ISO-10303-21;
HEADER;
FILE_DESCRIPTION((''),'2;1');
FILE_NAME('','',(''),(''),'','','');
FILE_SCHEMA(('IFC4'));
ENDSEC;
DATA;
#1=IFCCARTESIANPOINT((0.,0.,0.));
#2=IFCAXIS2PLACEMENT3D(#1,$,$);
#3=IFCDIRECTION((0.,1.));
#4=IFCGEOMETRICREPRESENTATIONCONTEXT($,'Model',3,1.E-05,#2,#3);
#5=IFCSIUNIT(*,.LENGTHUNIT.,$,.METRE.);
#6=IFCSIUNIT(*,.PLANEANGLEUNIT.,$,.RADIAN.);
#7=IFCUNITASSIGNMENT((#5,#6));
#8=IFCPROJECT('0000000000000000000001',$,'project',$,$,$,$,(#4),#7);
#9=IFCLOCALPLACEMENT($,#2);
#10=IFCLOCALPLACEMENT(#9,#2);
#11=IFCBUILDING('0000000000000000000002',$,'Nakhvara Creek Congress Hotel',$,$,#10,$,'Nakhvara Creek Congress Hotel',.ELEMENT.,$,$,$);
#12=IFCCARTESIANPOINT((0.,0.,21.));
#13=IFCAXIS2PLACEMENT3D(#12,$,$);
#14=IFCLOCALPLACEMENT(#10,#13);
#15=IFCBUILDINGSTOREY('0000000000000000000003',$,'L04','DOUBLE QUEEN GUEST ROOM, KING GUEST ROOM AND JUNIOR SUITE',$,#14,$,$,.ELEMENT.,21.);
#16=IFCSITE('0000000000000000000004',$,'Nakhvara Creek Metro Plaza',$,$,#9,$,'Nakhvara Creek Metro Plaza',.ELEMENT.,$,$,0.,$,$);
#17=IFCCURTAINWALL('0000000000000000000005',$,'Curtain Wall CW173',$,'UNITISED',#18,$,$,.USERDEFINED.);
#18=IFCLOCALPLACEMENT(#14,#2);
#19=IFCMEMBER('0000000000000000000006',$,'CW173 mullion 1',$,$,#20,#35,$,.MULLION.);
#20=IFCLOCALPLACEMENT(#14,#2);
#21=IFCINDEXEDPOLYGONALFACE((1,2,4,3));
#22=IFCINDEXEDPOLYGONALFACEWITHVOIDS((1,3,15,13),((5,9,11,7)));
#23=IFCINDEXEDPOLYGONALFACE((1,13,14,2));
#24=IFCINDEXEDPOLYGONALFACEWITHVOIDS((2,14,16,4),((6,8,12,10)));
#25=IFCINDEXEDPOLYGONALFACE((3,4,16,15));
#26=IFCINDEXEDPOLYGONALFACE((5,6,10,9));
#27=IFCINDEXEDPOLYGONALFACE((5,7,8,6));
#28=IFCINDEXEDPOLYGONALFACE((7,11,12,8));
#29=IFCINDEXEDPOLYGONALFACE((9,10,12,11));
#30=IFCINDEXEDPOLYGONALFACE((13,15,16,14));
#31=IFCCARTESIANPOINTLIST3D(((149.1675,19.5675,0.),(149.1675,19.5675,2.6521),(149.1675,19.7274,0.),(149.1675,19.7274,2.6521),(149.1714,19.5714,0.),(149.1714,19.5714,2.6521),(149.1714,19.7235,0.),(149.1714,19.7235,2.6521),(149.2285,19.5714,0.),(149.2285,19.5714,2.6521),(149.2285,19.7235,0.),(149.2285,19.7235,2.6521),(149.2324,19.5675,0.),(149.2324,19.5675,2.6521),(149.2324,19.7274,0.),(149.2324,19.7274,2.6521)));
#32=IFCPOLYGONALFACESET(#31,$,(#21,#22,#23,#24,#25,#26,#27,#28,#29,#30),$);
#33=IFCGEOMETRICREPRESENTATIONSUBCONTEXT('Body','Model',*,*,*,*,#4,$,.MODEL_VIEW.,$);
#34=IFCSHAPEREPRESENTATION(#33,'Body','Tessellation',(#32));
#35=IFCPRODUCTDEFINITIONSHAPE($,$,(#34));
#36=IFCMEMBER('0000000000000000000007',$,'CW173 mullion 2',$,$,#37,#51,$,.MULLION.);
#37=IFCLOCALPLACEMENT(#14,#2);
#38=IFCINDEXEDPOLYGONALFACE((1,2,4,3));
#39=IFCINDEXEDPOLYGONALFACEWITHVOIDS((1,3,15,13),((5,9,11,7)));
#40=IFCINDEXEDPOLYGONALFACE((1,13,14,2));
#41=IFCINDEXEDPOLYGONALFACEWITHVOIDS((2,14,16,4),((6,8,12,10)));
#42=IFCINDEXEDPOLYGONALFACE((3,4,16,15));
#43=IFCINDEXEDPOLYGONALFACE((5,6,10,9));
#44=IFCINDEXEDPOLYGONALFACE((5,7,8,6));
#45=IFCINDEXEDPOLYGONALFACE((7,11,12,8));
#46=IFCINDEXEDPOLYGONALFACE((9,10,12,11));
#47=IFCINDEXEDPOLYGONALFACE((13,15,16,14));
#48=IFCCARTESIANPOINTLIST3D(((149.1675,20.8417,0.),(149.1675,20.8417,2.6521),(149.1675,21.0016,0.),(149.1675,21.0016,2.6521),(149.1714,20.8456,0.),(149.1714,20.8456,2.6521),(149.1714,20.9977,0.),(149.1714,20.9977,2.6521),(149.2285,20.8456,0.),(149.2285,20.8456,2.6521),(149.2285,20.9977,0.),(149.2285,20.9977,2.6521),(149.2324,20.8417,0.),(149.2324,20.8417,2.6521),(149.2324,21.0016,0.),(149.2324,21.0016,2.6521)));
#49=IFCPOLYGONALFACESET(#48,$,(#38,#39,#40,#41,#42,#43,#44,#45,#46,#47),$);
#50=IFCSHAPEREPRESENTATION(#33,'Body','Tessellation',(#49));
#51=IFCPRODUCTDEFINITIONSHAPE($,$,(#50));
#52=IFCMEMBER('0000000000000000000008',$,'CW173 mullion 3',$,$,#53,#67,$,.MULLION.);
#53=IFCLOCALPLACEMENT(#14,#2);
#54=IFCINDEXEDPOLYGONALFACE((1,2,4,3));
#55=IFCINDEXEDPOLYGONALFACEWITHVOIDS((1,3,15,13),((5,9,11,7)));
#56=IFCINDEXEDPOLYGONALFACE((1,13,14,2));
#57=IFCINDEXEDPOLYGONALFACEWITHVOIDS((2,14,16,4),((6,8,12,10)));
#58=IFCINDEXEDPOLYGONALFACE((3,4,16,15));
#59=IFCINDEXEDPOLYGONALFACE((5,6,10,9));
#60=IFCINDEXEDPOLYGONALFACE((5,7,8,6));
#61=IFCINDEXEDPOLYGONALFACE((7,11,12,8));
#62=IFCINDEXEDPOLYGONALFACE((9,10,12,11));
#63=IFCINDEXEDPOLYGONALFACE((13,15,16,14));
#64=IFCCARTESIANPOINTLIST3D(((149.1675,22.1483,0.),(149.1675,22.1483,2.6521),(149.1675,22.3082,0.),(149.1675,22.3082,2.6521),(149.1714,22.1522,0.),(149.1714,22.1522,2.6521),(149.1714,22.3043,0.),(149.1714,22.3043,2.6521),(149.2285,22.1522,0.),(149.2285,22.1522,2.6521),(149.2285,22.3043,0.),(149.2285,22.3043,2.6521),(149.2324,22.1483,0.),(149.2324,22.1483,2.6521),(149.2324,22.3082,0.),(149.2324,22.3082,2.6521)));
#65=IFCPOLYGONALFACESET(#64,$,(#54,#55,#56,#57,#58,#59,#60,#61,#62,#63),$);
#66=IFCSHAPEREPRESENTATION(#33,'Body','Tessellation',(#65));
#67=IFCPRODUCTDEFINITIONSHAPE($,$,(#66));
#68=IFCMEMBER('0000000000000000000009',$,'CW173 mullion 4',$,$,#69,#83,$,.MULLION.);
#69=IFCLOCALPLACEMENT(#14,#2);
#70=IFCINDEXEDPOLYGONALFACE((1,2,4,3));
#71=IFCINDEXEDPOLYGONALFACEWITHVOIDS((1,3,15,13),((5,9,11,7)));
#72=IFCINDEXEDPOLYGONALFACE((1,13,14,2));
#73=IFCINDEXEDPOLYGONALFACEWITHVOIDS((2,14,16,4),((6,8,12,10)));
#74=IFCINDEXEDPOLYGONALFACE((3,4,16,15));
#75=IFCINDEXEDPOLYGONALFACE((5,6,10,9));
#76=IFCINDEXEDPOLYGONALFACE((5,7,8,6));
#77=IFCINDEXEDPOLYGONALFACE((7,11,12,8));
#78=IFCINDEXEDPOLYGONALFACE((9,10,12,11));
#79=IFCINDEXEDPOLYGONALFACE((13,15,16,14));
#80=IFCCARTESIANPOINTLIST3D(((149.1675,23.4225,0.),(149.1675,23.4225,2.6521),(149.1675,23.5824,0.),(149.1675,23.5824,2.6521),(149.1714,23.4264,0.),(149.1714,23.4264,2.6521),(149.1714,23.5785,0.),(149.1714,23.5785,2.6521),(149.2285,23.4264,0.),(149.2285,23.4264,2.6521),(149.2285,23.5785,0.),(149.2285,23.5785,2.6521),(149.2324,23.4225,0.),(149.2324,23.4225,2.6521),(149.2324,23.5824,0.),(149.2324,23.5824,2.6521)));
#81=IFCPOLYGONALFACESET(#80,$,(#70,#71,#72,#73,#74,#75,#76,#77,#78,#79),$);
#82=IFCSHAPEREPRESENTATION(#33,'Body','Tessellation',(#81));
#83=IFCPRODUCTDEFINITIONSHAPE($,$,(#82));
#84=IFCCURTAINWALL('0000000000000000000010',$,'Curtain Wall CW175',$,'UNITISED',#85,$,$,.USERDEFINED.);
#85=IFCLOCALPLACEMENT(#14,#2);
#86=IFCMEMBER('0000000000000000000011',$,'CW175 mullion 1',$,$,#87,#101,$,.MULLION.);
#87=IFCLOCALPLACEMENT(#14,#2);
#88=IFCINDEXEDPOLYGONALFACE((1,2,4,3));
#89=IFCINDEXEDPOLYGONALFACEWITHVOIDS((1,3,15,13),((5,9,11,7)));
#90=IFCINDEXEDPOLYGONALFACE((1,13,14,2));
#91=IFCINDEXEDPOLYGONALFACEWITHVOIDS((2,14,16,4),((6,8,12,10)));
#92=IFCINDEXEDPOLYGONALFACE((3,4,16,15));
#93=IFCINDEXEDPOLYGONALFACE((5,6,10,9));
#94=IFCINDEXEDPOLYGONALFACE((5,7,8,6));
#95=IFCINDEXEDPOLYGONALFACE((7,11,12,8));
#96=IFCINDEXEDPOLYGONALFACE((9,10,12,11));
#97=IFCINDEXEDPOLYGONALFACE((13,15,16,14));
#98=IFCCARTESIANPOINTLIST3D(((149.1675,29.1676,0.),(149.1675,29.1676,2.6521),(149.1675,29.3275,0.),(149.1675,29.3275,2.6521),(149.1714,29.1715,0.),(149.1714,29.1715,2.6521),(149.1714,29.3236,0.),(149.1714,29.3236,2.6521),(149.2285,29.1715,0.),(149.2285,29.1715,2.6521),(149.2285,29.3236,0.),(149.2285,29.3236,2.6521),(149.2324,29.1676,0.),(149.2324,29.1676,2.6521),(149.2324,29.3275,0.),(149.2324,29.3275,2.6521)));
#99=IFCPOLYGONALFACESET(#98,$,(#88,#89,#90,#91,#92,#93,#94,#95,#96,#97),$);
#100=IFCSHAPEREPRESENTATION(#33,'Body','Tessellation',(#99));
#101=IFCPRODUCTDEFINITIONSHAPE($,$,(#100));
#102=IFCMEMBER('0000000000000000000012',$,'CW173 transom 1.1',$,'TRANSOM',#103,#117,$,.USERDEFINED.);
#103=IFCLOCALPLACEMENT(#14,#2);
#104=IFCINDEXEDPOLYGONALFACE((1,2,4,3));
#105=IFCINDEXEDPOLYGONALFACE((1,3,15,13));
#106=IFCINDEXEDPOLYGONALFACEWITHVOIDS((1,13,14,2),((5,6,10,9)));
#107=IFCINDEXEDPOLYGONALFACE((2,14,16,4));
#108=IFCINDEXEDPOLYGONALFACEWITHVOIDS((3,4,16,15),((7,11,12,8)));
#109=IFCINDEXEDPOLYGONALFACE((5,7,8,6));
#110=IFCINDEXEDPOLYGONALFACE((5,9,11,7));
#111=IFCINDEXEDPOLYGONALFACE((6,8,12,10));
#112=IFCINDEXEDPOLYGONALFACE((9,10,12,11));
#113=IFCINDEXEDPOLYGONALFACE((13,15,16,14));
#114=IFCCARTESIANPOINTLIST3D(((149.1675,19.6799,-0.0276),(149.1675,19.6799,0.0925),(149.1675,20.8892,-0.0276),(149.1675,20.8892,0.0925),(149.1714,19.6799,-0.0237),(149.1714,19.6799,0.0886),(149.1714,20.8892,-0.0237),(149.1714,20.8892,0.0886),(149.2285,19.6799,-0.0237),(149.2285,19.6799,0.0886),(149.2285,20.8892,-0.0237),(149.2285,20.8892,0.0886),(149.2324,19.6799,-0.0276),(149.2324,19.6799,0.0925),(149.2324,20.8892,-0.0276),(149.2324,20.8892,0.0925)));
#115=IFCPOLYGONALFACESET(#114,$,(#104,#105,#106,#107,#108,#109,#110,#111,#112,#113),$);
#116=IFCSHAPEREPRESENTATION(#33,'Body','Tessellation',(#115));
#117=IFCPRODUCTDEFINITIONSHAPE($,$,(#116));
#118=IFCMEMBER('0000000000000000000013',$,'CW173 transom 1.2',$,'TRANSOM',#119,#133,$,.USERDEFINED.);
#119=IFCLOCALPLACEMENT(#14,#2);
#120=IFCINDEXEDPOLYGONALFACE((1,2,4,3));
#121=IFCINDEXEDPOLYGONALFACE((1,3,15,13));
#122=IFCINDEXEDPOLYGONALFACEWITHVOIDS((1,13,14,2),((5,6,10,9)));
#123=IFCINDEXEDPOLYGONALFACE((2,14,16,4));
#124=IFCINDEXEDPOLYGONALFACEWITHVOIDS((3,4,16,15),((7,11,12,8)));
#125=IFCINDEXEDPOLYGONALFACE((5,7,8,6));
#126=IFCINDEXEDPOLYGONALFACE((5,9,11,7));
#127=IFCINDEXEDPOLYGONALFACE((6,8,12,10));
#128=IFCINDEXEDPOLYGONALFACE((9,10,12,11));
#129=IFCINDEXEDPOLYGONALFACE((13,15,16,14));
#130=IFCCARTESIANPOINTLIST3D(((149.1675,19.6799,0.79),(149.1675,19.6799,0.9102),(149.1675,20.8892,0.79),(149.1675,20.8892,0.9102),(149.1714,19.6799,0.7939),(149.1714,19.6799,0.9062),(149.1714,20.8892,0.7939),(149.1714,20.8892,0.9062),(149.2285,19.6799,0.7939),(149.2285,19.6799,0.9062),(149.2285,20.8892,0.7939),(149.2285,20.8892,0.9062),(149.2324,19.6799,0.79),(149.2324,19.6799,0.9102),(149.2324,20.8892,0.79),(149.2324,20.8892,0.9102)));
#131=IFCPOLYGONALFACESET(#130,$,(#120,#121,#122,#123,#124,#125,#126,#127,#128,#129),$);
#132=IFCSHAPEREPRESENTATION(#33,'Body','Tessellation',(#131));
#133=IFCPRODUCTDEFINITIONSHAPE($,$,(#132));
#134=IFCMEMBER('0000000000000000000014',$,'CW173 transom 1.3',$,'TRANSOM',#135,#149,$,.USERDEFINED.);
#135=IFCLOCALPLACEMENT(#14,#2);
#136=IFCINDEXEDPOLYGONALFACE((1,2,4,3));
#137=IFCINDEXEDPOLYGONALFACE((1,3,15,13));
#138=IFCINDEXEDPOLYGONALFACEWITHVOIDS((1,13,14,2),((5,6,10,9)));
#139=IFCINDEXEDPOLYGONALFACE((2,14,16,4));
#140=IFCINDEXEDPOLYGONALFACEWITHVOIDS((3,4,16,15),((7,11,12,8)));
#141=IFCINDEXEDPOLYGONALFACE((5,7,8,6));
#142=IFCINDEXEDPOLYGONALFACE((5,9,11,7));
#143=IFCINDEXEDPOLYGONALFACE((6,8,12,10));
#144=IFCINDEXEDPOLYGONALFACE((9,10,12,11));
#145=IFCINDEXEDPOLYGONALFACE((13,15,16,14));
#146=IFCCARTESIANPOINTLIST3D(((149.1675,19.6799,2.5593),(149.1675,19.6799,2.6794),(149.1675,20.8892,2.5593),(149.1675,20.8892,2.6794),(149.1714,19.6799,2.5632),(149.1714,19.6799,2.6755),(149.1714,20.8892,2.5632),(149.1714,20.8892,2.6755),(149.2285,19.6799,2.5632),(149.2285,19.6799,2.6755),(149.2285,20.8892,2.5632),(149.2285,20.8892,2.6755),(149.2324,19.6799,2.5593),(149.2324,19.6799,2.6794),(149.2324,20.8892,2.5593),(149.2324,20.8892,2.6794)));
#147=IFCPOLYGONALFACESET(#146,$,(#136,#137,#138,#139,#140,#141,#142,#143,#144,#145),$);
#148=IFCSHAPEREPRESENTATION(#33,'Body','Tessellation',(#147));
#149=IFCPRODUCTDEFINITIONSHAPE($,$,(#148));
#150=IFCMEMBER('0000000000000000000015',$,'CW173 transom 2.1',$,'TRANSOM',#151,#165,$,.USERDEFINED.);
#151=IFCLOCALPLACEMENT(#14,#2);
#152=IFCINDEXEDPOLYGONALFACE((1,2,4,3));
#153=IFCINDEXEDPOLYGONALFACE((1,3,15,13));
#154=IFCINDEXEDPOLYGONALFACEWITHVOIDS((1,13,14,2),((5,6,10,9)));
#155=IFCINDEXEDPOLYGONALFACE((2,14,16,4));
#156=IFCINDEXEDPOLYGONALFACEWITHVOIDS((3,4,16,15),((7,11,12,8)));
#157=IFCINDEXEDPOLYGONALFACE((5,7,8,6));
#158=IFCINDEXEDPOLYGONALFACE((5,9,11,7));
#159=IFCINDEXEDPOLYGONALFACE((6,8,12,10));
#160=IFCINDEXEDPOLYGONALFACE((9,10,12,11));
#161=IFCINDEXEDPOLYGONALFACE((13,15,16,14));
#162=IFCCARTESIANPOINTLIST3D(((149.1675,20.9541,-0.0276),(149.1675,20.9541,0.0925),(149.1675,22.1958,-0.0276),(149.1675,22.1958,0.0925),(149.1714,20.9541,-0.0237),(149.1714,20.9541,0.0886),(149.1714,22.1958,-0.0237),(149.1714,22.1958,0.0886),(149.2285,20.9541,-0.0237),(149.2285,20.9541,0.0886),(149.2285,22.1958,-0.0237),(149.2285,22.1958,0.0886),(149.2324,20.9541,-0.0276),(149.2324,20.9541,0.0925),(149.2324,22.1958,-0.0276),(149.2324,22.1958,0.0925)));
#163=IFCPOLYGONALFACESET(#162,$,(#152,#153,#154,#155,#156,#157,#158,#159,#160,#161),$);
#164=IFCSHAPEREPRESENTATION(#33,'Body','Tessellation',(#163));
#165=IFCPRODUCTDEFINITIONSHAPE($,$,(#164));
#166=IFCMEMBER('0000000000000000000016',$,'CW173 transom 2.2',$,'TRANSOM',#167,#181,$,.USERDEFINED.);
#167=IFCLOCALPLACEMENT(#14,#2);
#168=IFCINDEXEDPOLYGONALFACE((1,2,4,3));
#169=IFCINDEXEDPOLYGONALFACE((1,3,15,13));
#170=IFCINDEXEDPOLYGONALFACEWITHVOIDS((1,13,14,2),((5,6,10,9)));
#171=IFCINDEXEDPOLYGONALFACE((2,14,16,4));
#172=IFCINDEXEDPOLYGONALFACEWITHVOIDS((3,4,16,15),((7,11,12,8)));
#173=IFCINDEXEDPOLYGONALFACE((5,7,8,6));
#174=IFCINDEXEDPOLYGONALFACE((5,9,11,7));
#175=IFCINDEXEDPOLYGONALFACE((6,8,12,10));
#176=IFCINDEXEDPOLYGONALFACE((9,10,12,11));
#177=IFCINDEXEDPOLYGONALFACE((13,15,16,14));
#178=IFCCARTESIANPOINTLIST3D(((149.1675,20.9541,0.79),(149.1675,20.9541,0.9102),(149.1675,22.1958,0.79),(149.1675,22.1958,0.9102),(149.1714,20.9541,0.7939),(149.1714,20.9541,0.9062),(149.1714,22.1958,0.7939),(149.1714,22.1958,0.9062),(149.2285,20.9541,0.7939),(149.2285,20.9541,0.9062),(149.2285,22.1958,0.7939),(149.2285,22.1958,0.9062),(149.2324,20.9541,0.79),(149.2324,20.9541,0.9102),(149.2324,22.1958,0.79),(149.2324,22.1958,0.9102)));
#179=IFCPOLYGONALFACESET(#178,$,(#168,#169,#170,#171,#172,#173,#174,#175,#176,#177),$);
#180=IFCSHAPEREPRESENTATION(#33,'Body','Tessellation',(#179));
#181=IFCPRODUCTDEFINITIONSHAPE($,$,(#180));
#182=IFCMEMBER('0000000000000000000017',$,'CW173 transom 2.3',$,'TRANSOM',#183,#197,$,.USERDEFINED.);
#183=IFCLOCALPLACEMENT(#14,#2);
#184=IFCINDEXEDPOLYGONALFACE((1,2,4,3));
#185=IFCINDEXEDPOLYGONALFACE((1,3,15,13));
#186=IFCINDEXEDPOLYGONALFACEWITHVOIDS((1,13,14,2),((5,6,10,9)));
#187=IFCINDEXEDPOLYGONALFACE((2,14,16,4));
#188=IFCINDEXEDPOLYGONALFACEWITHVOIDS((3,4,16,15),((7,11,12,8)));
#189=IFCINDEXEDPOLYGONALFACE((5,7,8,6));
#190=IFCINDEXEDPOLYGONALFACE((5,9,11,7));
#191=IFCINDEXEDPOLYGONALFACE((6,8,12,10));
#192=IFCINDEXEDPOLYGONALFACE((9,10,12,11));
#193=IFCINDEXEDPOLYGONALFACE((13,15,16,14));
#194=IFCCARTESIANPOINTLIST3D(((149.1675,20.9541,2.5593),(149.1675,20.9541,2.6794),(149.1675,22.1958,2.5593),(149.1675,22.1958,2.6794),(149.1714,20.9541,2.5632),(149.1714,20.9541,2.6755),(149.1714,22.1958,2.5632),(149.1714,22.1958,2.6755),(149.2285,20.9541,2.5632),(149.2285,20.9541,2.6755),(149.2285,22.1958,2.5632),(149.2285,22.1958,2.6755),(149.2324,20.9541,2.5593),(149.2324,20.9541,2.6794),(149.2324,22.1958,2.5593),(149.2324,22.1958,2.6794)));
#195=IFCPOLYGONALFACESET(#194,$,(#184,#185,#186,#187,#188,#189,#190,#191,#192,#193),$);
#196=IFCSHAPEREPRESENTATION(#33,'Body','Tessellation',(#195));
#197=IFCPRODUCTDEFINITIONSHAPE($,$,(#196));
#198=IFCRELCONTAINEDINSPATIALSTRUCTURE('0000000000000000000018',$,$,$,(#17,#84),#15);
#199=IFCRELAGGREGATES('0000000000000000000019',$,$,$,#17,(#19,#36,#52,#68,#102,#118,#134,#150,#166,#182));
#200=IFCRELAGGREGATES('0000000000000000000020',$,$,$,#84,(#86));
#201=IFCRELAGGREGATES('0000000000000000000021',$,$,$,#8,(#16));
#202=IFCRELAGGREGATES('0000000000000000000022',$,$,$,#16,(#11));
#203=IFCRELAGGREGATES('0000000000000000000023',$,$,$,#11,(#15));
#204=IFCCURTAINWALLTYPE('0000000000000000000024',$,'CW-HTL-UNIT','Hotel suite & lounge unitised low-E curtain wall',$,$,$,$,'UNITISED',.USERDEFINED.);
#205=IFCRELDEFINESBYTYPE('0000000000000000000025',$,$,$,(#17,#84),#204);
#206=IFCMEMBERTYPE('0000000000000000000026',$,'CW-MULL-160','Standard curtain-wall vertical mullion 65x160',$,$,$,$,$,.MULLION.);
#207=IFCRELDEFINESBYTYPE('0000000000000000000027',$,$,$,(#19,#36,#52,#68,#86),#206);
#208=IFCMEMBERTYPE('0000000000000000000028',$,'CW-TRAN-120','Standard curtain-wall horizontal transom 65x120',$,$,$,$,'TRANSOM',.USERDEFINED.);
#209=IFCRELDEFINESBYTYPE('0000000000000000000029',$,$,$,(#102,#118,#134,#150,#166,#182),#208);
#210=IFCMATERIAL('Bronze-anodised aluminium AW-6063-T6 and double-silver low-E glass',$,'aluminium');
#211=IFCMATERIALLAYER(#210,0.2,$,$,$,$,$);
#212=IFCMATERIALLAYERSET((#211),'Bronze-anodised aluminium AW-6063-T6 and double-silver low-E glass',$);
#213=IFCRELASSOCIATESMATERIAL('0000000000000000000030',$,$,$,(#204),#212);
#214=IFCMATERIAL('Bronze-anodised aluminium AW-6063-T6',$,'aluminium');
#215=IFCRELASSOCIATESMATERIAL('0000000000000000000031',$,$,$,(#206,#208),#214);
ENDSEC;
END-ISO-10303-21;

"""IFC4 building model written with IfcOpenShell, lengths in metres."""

from ifc_helpers import new_model, si_unit, direction, frame, origin, origin_2d, place, context, subcontext, project, spatial, hollow_rectangle, extrude, material, layer, layer_set, material_profile, profile_set, type_object, element, aggregate, save


model = new_model("IFC4")

# Units and contexts
model_context = context("Model", 3, precision=1e-05, world=origin(), true_north=direction((0.0, 1.0)))
body_context = subcontext(model_context, "Body", "Model", "MODEL_VIEW")
ifc_project = project(units=[si_unit("LENGTHUNIT", "METRE"), si_unit("PLANEANGLEUNIT", "RADIAN")], contexts=[model_context])

# Site, building, storey
site_placement = place(None, origin())
site = spatial("IfcSite", under=ifc_project, at=site_placement, Name="Nakhvara Creek Metro Plaza", LongName="Nakhvara Creek Metro Plaza", CompositionType="ELEMENT", RefElevation=0.0)
building_placement = place(site_placement, origin())
building = spatial("IfcBuilding", under=site, at=building_placement, Name="Nakhvara Creek Congress Hotel", LongName="Nakhvara Creek Congress Hotel", CompositionType="ELEMENT")
storey_placement = place(building_placement, frame((0.0, 0.0, 21.0)))
storey = spatial("IfcBuildingStorey", under=building, at=storey_placement, Name="L04", Description="DOUBLE QUEEN GUEST ROOM, KING GUEST ROOM AND JUNIOR SUITE", CompositionType="ELEMENT", Elevation=21.0)

# Curtain wall, members
ifc_material_1 = material(Name="Bronze-anodised aluminium AW-6063-T6 and double-silver low-E glass", Category="aluminium")
ifc_layer = layer(ifc_material_1, 0.2)
ifc_layer_set = layer_set([ifc_layer], Name="Bronze-anodised aluminium AW-6063-T6 and double-silver low-E glass")
curtain_wall_type = type_object("IfcCurtainWallType", Name="CW-HTL-UNIT", Description="Hotel suite & lounge unitised low-E curtain wall", ElementType="UNITISED", PredefinedType="USERDEFINED", material=ifc_layer_set)
curtain_wall_1_placement = place(storey_placement, origin())
curtain_wall_1 = element("IfcCurtainWall", 1, at=curtain_wall_1_placement, inside=storey, type_object=curtain_wall_type, Name="Curtain Wall CW173", ObjectType="UNITISED", PredefinedType="USERDEFINED")
ifc_material_2 = material(Name="Bronze-anodised aluminium AW-6063-T6", Category="aluminium")
ifc_material_profile_1 = material_profile(ifc_material_2, hollow_rectangle(XDim=0.0649, YDim=0.1599, WallThickness=0.0039, at=origin_2d()), Name="ALU-MULL 65x160x4", Category="LoadBearing")
ifc_profile_set_1 = profile_set([ifc_material_profile_1], Name="Bronze-anodised aluminium AW-6063-T6")
member_type_1 = type_object("IfcMemberType", Name="CW-MULL-160", Description="Standard curtain-wall vertical mullion 65x160", PredefinedType="MULLION", material=ifc_profile_set_1)
member_1_placement = place(storey_placement, frame((149.2, 19.6475, 0.0), z_axis=(0.0, 0.0, 1.0), x_axis=(-1.0, 0.0, 0.0)))
member_1 = element("IfcMember", 2, at=member_1_placement, type_object=member_type_1, Name="CW173 mullion 1", PredefinedType="MULLION", context=body_context, shape_type="SweptSolid", body=[
    extrude(hollow_rectangle(XDim=0.0649, YDim=0.1599, WallThickness=0.0039, at=origin_2d()), origin(), (0.0, 0.0, 1.0), 2.6521),
])
member_2_placement = place(storey_placement, frame((149.2, 20.9216, 0.0), z_axis=(0.0, 0.0, 1.0), x_axis=(-1.0, 0.0, 0.0)))
member_2 = element("IfcMember", 3, at=member_2_placement, type_object=member_type_1, Name="CW173 mullion 2", PredefinedType="MULLION", context=body_context, shape_type="SweptSolid", body=[
    extrude(hollow_rectangle(XDim=0.0649, YDim=0.1599, WallThickness=0.0039, at=origin_2d()), origin(), (0.0, 0.0, 1.0), 2.6521),
])
member_3_placement = place(storey_placement, frame((149.2, 22.2283, 0.0), z_axis=(0.0, 0.0, 1.0), x_axis=(-1.0, 0.0, 0.0)))
member_3 = element("IfcMember", 4, at=member_3_placement, type_object=member_type_1, Name="CW173 mullion 3", PredefinedType="MULLION", context=body_context, shape_type="SweptSolid", body=[
    extrude(hollow_rectangle(XDim=0.0649, YDim=0.1599, WallThickness=0.0039, at=origin_2d()), origin(), (0.0, 0.0, 1.0), 2.6521),
])
member_4_placement = place(storey_placement, frame((149.2, 23.5024, 0.0), z_axis=(0.0, 0.0, 1.0), x_axis=(-1.0, 0.0, 0.0)))
member_4 = element("IfcMember", 5, at=member_4_placement, type_object=member_type_1, Name="CW173 mullion 4", PredefinedType="MULLION", context=body_context, shape_type="SweptSolid", body=[
    extrude(hollow_rectangle(XDim=0.0649, YDim=0.1599, WallThickness=0.0039, at=origin_2d()), origin(), (0.0, 0.0, 1.0), 2.6521),
])

# Curtain wall, member
curtain_wall_2_placement = place(storey_placement, origin())
curtain_wall_2 = element("IfcCurtainWall", 6, at=curtain_wall_2_placement, inside=storey, type_object=curtain_wall_type, Name="Curtain Wall CW175", ObjectType="UNITISED", PredefinedType="USERDEFINED")
member_5_placement = place(storey_placement, frame((149.2, 29.2476, 0.0), z_axis=(0.0, 0.0, 1.0), x_axis=(-1.0, 0.0, 0.0)))
member_5 = element("IfcMember", 7, at=member_5_placement, type_object=member_type_1, Name="CW175 mullion 1", PredefinedType="MULLION", context=body_context, shape_type="SweptSolid", body=[
    extrude(hollow_rectangle(XDim=0.0649, YDim=0.1599, WallThickness=0.0039, at=origin_2d()), origin(), (0.0, 0.0, 1.0), 2.6521),
])

# Members
ifc_material_profile_2 = material_profile(ifc_material_2, hollow_rectangle(XDim=0.0649, YDim=0.1201, WallThickness=0.0039, at=origin_2d()), Name="ALU-TRAN 65x120x4", Category="LoadBearing")
ifc_profile_set_2 = profile_set([ifc_material_profile_2], Name="Bronze-anodised aluminium AW-6063-T6")
member_type_2 = type_object("IfcMemberType", Name="CW-TRAN-120", Description="Standard curtain-wall horizontal transom 65x120", ElementType="TRANSOM", PredefinedType="USERDEFINED", material=ifc_profile_set_2)
member_6_placement = place(storey_placement, frame((149.2, 19.6799, 0.0325), z_axis=(0.0, 1.0, 0.0), x_axis=(-1.0, 0.0, 0.0)))
member_6 = element("IfcMember", 8, at=member_6_placement, type_object=member_type_2, Name="CW173 transom 1.1", ObjectType="TRANSOM", PredefinedType="USERDEFINED", context=body_context, shape_type="SweptSolid", body=[
    extrude(hollow_rectangle(XDim=0.0649, YDim=0.1201, WallThickness=0.0039, at=origin_2d()), origin(), (0.0, 0.0, 1.0), 1.2092),
])
member_7_placement = place(storey_placement, frame((149.2, 19.6799, 0.8501), z_axis=(0.0, 1.0, 0.0), x_axis=(-1.0, 0.0, 0.0)))
member_7 = element("IfcMember", 9, at=member_7_placement, type_object=member_type_2, Name="CW173 transom 1.2", ObjectType="TRANSOM", PredefinedType="USERDEFINED", context=body_context, shape_type="SweptSolid", body=[
    extrude(hollow_rectangle(XDim=0.0649, YDim=0.1201, WallThickness=0.0039, at=origin_2d()), origin(), (0.0, 0.0, 1.0), 1.2092),
])
member_8_placement = place(storey_placement, frame((149.2, 19.6799, 2.6194), z_axis=(0.0, 1.0, 0.0), x_axis=(-1.0, 0.0, 0.0)))
member_8 = element("IfcMember", 10, at=member_8_placement, type_object=member_type_2, Name="CW173 transom 1.3", ObjectType="TRANSOM", PredefinedType="USERDEFINED", context=body_context, shape_type="SweptSolid", body=[
    extrude(hollow_rectangle(XDim=0.0649, YDim=0.1201, WallThickness=0.0039, at=origin_2d()), origin(), (0.0, 0.0, 1.0), 1.2092),
])
member_9_placement = place(storey_placement, frame((149.2, 20.9541, 0.0325), z_axis=(0.0, 1.0, 0.0), x_axis=(-1.0, 0.0, 0.0)))
member_9 = element("IfcMember", 11, at=member_9_placement, type_object=member_type_2, Name="CW173 transom 2.1", ObjectType="TRANSOM", PredefinedType="USERDEFINED", context=body_context, shape_type="SweptSolid", body=[
    extrude(hollow_rectangle(XDim=0.0649, YDim=0.1201, WallThickness=0.0039, at=origin_2d()), origin(), (0.0, 0.0, 1.0), 1.2417),
])
member_10_placement = place(storey_placement, frame((149.2, 20.9541, 0.8501), z_axis=(0.0, 1.0, 0.0), x_axis=(-1.0, 0.0, 0.0)))
member_10 = element("IfcMember", 12, at=member_10_placement, type_object=member_type_2, Name="CW173 transom 2.2", ObjectType="TRANSOM", PredefinedType="USERDEFINED", context=body_context, shape_type="SweptSolid", body=[
    extrude(hollow_rectangle(XDim=0.0649, YDim=0.1201, WallThickness=0.0039, at=origin_2d()), origin(), (0.0, 0.0, 1.0), 1.2417),
])
member_11_placement = place(storey_placement, frame((149.2, 20.9541, 2.6194), z_axis=(0.0, 1.0, 0.0), x_axis=(-1.0, 0.0, 0.0)))
member_11 = element("IfcMember", 13, at=member_11_placement, type_object=member_type_2, Name="CW173 transom 2.3", ObjectType="TRANSOM", PredefinedType="USERDEFINED", context=body_context, shape_type="SweptSolid", body=[
    extrude(hollow_rectangle(XDim=0.0649, YDim=0.1201, WallThickness=0.0039, at=origin_2d()), origin(), (0.0, 0.0, 1.0), 1.2417),
])

aggregate(curtain_wall_1, [member_1, member_2, member_3, member_4, member_6, member_7, member_8, member_9, member_10, member_11])
aggregate(curtain_wall_2, [member_5])

save(model, "model.ifc")
